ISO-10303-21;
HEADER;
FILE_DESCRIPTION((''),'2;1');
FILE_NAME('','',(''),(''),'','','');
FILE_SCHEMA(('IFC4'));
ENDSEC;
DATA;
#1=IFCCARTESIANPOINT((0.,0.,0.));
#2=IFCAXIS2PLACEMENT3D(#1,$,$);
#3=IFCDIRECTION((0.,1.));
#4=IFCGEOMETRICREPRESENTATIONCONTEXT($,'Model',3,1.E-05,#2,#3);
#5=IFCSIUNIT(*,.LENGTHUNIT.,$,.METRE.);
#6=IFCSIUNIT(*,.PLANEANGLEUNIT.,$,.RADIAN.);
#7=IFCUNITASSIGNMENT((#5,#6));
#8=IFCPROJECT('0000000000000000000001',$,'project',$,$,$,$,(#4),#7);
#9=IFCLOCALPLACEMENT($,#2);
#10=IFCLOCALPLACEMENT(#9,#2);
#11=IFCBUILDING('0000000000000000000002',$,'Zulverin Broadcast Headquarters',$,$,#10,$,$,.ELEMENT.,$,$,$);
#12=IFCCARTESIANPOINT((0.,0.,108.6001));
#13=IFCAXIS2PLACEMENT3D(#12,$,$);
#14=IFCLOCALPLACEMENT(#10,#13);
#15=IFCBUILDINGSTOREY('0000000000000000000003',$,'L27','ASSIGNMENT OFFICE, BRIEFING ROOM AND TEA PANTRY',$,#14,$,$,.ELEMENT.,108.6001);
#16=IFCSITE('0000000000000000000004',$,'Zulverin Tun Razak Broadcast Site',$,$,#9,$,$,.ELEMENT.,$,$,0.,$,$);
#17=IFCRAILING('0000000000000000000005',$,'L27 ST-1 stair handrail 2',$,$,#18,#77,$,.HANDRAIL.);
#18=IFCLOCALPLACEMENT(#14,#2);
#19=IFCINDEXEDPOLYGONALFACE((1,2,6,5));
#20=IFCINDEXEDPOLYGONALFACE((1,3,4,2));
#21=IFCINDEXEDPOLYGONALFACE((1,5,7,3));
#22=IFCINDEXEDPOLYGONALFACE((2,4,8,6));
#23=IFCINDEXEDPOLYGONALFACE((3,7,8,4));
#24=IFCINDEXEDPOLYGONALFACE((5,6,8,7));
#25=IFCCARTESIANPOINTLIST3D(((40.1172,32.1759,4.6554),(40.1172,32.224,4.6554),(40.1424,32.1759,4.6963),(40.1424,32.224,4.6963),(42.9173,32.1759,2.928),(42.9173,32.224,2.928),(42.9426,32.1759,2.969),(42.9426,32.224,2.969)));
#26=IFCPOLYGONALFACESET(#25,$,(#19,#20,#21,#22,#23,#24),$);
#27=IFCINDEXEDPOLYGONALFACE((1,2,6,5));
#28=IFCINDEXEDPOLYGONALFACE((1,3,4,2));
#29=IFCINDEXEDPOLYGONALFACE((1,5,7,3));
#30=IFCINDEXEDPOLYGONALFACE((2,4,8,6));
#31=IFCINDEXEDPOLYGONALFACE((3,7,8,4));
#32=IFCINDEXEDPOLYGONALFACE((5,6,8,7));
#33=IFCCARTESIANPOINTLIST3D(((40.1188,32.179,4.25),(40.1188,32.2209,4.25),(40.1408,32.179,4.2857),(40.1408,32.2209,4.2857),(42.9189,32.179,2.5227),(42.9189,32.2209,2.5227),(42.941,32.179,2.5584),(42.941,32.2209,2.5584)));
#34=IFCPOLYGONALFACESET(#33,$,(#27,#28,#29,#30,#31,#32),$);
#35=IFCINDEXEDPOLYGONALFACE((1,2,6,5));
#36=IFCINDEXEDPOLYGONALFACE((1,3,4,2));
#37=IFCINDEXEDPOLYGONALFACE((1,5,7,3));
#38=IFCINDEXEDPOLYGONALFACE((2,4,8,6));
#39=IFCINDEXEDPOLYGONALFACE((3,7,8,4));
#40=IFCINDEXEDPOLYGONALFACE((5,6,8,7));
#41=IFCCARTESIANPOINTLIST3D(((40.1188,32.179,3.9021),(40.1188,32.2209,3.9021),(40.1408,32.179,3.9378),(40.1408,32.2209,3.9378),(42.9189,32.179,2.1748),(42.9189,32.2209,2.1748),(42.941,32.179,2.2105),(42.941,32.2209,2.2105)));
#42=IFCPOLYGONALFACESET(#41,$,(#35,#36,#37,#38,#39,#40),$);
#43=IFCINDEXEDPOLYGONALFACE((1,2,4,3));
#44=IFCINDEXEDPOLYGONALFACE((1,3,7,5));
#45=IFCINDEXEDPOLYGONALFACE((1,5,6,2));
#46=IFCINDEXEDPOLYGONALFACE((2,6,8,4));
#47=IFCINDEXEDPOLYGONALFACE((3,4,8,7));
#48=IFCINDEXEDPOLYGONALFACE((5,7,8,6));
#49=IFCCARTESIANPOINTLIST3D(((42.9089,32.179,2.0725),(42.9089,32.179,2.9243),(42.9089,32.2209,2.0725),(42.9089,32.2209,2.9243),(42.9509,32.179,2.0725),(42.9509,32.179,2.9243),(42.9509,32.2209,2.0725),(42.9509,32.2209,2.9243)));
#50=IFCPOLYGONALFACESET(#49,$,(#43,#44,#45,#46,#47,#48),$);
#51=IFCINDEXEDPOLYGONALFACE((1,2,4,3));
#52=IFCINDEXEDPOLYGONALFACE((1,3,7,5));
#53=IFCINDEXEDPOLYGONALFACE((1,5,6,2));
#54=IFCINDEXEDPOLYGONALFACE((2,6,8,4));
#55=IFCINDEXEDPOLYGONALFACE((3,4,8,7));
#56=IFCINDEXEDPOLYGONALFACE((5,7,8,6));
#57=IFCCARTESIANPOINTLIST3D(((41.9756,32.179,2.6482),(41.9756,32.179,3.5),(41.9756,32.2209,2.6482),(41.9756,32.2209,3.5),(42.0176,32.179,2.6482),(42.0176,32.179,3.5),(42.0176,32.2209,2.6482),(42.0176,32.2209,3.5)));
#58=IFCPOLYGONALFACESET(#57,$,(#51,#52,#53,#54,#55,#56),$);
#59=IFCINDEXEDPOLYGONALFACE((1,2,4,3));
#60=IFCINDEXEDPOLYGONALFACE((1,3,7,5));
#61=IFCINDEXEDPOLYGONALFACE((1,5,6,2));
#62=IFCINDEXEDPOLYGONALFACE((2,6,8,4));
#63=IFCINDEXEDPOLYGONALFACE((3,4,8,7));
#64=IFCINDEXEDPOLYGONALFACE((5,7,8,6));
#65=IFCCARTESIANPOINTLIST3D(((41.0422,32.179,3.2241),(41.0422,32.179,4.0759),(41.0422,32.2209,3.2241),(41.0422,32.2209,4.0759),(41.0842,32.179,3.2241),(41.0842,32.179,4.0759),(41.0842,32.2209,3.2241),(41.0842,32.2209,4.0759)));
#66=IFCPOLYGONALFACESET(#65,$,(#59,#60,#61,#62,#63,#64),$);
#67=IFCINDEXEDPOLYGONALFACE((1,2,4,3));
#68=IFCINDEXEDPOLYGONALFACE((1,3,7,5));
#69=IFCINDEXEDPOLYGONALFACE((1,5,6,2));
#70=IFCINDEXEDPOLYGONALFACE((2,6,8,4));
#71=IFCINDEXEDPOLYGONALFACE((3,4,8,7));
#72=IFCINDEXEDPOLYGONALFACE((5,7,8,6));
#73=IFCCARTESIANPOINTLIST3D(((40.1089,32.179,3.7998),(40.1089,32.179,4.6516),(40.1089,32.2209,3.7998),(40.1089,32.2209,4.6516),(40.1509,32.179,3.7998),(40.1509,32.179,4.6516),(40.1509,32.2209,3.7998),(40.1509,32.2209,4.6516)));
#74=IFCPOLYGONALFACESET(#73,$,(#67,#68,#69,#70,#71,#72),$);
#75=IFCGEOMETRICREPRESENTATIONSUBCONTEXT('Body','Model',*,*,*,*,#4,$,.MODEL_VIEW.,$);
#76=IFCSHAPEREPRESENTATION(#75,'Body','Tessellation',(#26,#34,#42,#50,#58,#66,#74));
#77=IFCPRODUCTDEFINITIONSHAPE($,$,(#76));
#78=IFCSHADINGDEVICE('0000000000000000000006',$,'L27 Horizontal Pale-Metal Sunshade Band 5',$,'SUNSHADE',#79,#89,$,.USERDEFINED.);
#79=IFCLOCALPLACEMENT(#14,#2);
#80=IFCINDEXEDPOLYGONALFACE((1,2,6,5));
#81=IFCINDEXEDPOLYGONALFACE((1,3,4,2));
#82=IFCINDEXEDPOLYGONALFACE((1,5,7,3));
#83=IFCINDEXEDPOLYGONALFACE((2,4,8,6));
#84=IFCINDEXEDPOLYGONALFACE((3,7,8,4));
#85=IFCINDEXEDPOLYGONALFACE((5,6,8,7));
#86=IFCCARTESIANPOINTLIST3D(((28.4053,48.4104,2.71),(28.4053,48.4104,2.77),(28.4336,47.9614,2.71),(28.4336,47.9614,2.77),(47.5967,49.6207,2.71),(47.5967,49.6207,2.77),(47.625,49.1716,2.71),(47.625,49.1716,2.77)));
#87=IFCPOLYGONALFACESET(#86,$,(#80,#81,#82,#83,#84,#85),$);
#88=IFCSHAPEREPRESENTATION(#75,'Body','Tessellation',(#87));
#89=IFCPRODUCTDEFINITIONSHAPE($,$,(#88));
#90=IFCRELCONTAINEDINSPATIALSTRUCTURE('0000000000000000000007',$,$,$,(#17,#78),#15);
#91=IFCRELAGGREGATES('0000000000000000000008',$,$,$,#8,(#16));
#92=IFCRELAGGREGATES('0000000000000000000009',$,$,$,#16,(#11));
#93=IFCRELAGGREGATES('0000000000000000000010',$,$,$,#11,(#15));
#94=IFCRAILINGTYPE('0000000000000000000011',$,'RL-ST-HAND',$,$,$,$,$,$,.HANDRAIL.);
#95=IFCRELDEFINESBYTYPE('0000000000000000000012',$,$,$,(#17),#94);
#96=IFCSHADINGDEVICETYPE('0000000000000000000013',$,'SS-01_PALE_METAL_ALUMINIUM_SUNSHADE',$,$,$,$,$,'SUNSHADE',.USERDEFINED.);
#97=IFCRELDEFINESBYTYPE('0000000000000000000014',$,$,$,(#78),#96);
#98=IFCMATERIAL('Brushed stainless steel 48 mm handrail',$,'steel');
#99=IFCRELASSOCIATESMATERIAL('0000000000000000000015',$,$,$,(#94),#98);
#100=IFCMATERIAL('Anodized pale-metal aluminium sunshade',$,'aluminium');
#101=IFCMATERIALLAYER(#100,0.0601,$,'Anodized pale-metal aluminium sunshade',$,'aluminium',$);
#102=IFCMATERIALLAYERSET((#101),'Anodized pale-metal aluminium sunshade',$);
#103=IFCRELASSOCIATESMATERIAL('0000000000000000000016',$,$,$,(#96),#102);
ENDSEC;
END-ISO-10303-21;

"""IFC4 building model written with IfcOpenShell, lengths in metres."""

from ifc_helpers import new_model, si_unit, direction, frame, origin, origin_2d, place, context, subcontext, project, spatial, rectangle, extrude, material, layer, layer_set, type_object, element, save


model = new_model("IFC4")

# Units and contexts
model_context = context("Model", 3, precision=1e-05, world=origin(), true_north=direction((0.0, 1.0)))
body_context = subcontext(model_context, "Body", "Model", "MODEL_VIEW")
ifc_project = project(units=[si_unit("LENGTHUNIT", "METRE"), si_unit("PLANEANGLEUNIT", "RADIAN")], contexts=[model_context])

# Site, building, storey
site_placement = place(None, origin())
site = spatial("IfcSite", under=ifc_project, at=site_placement, Name="Zulverin Tun Razak Broadcast Site", CompositionType="ELEMENT", RefElevation=0.0)
building_placement = place(site_placement, origin())
building = spatial("IfcBuilding", under=site, at=building_placement, Name="Zulverin Broadcast Headquarters", CompositionType="ELEMENT")
storey_placement = place(building_placement, frame((0.0, 0.0, 108.6001)))
storey = spatial("IfcBuildingStorey", under=building, at=storey_placement, Name="L27", Description="ASSIGNMENT OFFICE, BRIEFING ROOM AND TEA PANTRY", CompositionType="ELEMENT", Elevation=108.6001)

# Railing
ifc_material_1 = material(Name="Brushed stainless steel 48 mm handrail", Category="steel")
railing_type_1 = type_object("IfcRailingType", Name="RL-ST-HAND", PredefinedType="HANDRAIL", material=ifc_material_1)
railing_1_placement = place(storey_placement, frame((42.9299, 32.2, 2.0725)))
element("IfcRailing", 1, at=railing_1_placement, inside=storey, type_object=railing_type_1, Name="L27 ST-1 stair handrail 2", PredefinedType="HANDRAIL", context=body_context, shape_type="SweptSolid", body=[
    extrude(rectangle(XDim=0.0481, YDim=0.0481, at=origin_2d()), frame((0.0, 0.0, 0.876), z_axis=(-0.85109, 0.0, 0.52502), x_axis=(0.0, -1.0, 0.0)), (0.0, 0.0, 1.0), 3.29),
    extrude(rectangle(XDim=0.042, YDim=0.042, at=origin_2d()), frame((0.0, 0.0, 0.468), z_axis=(-0.85109, 0.0, 0.52502), x_axis=(0.0, -1.0, 0.0)), (0.0, 0.0, 1.0), 3.29),
    extrude(rectangle(XDim=0.042, YDim=0.042, at=origin_2d()), frame((0.0, 0.0, 0.1201), z_axis=(-0.85109, 0.0, 0.52502), x_axis=(0.0, -1.0, 0.0)), (0.0, 0.0, 1.0), 3.29),
    extrude(rectangle(XDim=0.042, YDim=0.042, at=origin_2d()), origin(), (0.0, 0.0, 1.0), 0.8518),
    extrude(rectangle(XDim=0.042, YDim=0.042, at=origin_2d()), frame((-0.9333, 0.0, 0.5757)), (0.0, 0.0, 1.0), 0.8518),
    extrude(rectangle(XDim=0.042, YDim=0.042, at=origin_2d()), frame((-1.8667, 0.0, 1.1516)), (0.0, 0.0, 1.0), 0.8518),
    extrude(rectangle(XDim=0.042, YDim=0.042, at=origin_2d()), frame((-2.8, 0.0, 1.7273)), (0.0, 0.0, 1.0), 0.8518),
])

# Shading device
ifc_material_2 = material(Name="Anodized pale-metal aluminium sunshade", Category="aluminium")
ifc_layer_1 = layer(ifc_material_2, 0.0601, Name="Anodized pale-metal aluminium sunshade", Category="aluminium")
ifc_layer_set_1 = layer_set([ifc_layer_1], Name="Anodized pale-metal aluminium sunshade")
shading_device_type = type_object("IfcShadingDeviceType", Name="SS-01_PALE_METAL_ALUMINIUM_SUNSHADE", ElementType="SUNSHADE", PredefinedType="USERDEFINED", material=ifc_layer_set_1)
shading_device_placement = place(storey_placement, frame((38.0151, 48.791, 2.71), z_axis=(0.0, 0.0, 1.0), x_axis=(-0.998018, -0.062935, 0.0)))
element("IfcShadingDevice", 2, at=shading_device_placement, inside=storey, type_object=shading_device_type, Name="L27 Horizontal Pale-Metal Sunshade Band 5", ObjectType="SUNSHADE", PredefinedType="USERDEFINED", context=body_context, shape_type="SweptSolid", body=[
    extrude(rectangle(XDim=19.2295, YDim=0.45, at=origin_2d()), origin(), (0.0, 0.0, 1.0), 0.0601),
])

save(model, "model.ifc")
